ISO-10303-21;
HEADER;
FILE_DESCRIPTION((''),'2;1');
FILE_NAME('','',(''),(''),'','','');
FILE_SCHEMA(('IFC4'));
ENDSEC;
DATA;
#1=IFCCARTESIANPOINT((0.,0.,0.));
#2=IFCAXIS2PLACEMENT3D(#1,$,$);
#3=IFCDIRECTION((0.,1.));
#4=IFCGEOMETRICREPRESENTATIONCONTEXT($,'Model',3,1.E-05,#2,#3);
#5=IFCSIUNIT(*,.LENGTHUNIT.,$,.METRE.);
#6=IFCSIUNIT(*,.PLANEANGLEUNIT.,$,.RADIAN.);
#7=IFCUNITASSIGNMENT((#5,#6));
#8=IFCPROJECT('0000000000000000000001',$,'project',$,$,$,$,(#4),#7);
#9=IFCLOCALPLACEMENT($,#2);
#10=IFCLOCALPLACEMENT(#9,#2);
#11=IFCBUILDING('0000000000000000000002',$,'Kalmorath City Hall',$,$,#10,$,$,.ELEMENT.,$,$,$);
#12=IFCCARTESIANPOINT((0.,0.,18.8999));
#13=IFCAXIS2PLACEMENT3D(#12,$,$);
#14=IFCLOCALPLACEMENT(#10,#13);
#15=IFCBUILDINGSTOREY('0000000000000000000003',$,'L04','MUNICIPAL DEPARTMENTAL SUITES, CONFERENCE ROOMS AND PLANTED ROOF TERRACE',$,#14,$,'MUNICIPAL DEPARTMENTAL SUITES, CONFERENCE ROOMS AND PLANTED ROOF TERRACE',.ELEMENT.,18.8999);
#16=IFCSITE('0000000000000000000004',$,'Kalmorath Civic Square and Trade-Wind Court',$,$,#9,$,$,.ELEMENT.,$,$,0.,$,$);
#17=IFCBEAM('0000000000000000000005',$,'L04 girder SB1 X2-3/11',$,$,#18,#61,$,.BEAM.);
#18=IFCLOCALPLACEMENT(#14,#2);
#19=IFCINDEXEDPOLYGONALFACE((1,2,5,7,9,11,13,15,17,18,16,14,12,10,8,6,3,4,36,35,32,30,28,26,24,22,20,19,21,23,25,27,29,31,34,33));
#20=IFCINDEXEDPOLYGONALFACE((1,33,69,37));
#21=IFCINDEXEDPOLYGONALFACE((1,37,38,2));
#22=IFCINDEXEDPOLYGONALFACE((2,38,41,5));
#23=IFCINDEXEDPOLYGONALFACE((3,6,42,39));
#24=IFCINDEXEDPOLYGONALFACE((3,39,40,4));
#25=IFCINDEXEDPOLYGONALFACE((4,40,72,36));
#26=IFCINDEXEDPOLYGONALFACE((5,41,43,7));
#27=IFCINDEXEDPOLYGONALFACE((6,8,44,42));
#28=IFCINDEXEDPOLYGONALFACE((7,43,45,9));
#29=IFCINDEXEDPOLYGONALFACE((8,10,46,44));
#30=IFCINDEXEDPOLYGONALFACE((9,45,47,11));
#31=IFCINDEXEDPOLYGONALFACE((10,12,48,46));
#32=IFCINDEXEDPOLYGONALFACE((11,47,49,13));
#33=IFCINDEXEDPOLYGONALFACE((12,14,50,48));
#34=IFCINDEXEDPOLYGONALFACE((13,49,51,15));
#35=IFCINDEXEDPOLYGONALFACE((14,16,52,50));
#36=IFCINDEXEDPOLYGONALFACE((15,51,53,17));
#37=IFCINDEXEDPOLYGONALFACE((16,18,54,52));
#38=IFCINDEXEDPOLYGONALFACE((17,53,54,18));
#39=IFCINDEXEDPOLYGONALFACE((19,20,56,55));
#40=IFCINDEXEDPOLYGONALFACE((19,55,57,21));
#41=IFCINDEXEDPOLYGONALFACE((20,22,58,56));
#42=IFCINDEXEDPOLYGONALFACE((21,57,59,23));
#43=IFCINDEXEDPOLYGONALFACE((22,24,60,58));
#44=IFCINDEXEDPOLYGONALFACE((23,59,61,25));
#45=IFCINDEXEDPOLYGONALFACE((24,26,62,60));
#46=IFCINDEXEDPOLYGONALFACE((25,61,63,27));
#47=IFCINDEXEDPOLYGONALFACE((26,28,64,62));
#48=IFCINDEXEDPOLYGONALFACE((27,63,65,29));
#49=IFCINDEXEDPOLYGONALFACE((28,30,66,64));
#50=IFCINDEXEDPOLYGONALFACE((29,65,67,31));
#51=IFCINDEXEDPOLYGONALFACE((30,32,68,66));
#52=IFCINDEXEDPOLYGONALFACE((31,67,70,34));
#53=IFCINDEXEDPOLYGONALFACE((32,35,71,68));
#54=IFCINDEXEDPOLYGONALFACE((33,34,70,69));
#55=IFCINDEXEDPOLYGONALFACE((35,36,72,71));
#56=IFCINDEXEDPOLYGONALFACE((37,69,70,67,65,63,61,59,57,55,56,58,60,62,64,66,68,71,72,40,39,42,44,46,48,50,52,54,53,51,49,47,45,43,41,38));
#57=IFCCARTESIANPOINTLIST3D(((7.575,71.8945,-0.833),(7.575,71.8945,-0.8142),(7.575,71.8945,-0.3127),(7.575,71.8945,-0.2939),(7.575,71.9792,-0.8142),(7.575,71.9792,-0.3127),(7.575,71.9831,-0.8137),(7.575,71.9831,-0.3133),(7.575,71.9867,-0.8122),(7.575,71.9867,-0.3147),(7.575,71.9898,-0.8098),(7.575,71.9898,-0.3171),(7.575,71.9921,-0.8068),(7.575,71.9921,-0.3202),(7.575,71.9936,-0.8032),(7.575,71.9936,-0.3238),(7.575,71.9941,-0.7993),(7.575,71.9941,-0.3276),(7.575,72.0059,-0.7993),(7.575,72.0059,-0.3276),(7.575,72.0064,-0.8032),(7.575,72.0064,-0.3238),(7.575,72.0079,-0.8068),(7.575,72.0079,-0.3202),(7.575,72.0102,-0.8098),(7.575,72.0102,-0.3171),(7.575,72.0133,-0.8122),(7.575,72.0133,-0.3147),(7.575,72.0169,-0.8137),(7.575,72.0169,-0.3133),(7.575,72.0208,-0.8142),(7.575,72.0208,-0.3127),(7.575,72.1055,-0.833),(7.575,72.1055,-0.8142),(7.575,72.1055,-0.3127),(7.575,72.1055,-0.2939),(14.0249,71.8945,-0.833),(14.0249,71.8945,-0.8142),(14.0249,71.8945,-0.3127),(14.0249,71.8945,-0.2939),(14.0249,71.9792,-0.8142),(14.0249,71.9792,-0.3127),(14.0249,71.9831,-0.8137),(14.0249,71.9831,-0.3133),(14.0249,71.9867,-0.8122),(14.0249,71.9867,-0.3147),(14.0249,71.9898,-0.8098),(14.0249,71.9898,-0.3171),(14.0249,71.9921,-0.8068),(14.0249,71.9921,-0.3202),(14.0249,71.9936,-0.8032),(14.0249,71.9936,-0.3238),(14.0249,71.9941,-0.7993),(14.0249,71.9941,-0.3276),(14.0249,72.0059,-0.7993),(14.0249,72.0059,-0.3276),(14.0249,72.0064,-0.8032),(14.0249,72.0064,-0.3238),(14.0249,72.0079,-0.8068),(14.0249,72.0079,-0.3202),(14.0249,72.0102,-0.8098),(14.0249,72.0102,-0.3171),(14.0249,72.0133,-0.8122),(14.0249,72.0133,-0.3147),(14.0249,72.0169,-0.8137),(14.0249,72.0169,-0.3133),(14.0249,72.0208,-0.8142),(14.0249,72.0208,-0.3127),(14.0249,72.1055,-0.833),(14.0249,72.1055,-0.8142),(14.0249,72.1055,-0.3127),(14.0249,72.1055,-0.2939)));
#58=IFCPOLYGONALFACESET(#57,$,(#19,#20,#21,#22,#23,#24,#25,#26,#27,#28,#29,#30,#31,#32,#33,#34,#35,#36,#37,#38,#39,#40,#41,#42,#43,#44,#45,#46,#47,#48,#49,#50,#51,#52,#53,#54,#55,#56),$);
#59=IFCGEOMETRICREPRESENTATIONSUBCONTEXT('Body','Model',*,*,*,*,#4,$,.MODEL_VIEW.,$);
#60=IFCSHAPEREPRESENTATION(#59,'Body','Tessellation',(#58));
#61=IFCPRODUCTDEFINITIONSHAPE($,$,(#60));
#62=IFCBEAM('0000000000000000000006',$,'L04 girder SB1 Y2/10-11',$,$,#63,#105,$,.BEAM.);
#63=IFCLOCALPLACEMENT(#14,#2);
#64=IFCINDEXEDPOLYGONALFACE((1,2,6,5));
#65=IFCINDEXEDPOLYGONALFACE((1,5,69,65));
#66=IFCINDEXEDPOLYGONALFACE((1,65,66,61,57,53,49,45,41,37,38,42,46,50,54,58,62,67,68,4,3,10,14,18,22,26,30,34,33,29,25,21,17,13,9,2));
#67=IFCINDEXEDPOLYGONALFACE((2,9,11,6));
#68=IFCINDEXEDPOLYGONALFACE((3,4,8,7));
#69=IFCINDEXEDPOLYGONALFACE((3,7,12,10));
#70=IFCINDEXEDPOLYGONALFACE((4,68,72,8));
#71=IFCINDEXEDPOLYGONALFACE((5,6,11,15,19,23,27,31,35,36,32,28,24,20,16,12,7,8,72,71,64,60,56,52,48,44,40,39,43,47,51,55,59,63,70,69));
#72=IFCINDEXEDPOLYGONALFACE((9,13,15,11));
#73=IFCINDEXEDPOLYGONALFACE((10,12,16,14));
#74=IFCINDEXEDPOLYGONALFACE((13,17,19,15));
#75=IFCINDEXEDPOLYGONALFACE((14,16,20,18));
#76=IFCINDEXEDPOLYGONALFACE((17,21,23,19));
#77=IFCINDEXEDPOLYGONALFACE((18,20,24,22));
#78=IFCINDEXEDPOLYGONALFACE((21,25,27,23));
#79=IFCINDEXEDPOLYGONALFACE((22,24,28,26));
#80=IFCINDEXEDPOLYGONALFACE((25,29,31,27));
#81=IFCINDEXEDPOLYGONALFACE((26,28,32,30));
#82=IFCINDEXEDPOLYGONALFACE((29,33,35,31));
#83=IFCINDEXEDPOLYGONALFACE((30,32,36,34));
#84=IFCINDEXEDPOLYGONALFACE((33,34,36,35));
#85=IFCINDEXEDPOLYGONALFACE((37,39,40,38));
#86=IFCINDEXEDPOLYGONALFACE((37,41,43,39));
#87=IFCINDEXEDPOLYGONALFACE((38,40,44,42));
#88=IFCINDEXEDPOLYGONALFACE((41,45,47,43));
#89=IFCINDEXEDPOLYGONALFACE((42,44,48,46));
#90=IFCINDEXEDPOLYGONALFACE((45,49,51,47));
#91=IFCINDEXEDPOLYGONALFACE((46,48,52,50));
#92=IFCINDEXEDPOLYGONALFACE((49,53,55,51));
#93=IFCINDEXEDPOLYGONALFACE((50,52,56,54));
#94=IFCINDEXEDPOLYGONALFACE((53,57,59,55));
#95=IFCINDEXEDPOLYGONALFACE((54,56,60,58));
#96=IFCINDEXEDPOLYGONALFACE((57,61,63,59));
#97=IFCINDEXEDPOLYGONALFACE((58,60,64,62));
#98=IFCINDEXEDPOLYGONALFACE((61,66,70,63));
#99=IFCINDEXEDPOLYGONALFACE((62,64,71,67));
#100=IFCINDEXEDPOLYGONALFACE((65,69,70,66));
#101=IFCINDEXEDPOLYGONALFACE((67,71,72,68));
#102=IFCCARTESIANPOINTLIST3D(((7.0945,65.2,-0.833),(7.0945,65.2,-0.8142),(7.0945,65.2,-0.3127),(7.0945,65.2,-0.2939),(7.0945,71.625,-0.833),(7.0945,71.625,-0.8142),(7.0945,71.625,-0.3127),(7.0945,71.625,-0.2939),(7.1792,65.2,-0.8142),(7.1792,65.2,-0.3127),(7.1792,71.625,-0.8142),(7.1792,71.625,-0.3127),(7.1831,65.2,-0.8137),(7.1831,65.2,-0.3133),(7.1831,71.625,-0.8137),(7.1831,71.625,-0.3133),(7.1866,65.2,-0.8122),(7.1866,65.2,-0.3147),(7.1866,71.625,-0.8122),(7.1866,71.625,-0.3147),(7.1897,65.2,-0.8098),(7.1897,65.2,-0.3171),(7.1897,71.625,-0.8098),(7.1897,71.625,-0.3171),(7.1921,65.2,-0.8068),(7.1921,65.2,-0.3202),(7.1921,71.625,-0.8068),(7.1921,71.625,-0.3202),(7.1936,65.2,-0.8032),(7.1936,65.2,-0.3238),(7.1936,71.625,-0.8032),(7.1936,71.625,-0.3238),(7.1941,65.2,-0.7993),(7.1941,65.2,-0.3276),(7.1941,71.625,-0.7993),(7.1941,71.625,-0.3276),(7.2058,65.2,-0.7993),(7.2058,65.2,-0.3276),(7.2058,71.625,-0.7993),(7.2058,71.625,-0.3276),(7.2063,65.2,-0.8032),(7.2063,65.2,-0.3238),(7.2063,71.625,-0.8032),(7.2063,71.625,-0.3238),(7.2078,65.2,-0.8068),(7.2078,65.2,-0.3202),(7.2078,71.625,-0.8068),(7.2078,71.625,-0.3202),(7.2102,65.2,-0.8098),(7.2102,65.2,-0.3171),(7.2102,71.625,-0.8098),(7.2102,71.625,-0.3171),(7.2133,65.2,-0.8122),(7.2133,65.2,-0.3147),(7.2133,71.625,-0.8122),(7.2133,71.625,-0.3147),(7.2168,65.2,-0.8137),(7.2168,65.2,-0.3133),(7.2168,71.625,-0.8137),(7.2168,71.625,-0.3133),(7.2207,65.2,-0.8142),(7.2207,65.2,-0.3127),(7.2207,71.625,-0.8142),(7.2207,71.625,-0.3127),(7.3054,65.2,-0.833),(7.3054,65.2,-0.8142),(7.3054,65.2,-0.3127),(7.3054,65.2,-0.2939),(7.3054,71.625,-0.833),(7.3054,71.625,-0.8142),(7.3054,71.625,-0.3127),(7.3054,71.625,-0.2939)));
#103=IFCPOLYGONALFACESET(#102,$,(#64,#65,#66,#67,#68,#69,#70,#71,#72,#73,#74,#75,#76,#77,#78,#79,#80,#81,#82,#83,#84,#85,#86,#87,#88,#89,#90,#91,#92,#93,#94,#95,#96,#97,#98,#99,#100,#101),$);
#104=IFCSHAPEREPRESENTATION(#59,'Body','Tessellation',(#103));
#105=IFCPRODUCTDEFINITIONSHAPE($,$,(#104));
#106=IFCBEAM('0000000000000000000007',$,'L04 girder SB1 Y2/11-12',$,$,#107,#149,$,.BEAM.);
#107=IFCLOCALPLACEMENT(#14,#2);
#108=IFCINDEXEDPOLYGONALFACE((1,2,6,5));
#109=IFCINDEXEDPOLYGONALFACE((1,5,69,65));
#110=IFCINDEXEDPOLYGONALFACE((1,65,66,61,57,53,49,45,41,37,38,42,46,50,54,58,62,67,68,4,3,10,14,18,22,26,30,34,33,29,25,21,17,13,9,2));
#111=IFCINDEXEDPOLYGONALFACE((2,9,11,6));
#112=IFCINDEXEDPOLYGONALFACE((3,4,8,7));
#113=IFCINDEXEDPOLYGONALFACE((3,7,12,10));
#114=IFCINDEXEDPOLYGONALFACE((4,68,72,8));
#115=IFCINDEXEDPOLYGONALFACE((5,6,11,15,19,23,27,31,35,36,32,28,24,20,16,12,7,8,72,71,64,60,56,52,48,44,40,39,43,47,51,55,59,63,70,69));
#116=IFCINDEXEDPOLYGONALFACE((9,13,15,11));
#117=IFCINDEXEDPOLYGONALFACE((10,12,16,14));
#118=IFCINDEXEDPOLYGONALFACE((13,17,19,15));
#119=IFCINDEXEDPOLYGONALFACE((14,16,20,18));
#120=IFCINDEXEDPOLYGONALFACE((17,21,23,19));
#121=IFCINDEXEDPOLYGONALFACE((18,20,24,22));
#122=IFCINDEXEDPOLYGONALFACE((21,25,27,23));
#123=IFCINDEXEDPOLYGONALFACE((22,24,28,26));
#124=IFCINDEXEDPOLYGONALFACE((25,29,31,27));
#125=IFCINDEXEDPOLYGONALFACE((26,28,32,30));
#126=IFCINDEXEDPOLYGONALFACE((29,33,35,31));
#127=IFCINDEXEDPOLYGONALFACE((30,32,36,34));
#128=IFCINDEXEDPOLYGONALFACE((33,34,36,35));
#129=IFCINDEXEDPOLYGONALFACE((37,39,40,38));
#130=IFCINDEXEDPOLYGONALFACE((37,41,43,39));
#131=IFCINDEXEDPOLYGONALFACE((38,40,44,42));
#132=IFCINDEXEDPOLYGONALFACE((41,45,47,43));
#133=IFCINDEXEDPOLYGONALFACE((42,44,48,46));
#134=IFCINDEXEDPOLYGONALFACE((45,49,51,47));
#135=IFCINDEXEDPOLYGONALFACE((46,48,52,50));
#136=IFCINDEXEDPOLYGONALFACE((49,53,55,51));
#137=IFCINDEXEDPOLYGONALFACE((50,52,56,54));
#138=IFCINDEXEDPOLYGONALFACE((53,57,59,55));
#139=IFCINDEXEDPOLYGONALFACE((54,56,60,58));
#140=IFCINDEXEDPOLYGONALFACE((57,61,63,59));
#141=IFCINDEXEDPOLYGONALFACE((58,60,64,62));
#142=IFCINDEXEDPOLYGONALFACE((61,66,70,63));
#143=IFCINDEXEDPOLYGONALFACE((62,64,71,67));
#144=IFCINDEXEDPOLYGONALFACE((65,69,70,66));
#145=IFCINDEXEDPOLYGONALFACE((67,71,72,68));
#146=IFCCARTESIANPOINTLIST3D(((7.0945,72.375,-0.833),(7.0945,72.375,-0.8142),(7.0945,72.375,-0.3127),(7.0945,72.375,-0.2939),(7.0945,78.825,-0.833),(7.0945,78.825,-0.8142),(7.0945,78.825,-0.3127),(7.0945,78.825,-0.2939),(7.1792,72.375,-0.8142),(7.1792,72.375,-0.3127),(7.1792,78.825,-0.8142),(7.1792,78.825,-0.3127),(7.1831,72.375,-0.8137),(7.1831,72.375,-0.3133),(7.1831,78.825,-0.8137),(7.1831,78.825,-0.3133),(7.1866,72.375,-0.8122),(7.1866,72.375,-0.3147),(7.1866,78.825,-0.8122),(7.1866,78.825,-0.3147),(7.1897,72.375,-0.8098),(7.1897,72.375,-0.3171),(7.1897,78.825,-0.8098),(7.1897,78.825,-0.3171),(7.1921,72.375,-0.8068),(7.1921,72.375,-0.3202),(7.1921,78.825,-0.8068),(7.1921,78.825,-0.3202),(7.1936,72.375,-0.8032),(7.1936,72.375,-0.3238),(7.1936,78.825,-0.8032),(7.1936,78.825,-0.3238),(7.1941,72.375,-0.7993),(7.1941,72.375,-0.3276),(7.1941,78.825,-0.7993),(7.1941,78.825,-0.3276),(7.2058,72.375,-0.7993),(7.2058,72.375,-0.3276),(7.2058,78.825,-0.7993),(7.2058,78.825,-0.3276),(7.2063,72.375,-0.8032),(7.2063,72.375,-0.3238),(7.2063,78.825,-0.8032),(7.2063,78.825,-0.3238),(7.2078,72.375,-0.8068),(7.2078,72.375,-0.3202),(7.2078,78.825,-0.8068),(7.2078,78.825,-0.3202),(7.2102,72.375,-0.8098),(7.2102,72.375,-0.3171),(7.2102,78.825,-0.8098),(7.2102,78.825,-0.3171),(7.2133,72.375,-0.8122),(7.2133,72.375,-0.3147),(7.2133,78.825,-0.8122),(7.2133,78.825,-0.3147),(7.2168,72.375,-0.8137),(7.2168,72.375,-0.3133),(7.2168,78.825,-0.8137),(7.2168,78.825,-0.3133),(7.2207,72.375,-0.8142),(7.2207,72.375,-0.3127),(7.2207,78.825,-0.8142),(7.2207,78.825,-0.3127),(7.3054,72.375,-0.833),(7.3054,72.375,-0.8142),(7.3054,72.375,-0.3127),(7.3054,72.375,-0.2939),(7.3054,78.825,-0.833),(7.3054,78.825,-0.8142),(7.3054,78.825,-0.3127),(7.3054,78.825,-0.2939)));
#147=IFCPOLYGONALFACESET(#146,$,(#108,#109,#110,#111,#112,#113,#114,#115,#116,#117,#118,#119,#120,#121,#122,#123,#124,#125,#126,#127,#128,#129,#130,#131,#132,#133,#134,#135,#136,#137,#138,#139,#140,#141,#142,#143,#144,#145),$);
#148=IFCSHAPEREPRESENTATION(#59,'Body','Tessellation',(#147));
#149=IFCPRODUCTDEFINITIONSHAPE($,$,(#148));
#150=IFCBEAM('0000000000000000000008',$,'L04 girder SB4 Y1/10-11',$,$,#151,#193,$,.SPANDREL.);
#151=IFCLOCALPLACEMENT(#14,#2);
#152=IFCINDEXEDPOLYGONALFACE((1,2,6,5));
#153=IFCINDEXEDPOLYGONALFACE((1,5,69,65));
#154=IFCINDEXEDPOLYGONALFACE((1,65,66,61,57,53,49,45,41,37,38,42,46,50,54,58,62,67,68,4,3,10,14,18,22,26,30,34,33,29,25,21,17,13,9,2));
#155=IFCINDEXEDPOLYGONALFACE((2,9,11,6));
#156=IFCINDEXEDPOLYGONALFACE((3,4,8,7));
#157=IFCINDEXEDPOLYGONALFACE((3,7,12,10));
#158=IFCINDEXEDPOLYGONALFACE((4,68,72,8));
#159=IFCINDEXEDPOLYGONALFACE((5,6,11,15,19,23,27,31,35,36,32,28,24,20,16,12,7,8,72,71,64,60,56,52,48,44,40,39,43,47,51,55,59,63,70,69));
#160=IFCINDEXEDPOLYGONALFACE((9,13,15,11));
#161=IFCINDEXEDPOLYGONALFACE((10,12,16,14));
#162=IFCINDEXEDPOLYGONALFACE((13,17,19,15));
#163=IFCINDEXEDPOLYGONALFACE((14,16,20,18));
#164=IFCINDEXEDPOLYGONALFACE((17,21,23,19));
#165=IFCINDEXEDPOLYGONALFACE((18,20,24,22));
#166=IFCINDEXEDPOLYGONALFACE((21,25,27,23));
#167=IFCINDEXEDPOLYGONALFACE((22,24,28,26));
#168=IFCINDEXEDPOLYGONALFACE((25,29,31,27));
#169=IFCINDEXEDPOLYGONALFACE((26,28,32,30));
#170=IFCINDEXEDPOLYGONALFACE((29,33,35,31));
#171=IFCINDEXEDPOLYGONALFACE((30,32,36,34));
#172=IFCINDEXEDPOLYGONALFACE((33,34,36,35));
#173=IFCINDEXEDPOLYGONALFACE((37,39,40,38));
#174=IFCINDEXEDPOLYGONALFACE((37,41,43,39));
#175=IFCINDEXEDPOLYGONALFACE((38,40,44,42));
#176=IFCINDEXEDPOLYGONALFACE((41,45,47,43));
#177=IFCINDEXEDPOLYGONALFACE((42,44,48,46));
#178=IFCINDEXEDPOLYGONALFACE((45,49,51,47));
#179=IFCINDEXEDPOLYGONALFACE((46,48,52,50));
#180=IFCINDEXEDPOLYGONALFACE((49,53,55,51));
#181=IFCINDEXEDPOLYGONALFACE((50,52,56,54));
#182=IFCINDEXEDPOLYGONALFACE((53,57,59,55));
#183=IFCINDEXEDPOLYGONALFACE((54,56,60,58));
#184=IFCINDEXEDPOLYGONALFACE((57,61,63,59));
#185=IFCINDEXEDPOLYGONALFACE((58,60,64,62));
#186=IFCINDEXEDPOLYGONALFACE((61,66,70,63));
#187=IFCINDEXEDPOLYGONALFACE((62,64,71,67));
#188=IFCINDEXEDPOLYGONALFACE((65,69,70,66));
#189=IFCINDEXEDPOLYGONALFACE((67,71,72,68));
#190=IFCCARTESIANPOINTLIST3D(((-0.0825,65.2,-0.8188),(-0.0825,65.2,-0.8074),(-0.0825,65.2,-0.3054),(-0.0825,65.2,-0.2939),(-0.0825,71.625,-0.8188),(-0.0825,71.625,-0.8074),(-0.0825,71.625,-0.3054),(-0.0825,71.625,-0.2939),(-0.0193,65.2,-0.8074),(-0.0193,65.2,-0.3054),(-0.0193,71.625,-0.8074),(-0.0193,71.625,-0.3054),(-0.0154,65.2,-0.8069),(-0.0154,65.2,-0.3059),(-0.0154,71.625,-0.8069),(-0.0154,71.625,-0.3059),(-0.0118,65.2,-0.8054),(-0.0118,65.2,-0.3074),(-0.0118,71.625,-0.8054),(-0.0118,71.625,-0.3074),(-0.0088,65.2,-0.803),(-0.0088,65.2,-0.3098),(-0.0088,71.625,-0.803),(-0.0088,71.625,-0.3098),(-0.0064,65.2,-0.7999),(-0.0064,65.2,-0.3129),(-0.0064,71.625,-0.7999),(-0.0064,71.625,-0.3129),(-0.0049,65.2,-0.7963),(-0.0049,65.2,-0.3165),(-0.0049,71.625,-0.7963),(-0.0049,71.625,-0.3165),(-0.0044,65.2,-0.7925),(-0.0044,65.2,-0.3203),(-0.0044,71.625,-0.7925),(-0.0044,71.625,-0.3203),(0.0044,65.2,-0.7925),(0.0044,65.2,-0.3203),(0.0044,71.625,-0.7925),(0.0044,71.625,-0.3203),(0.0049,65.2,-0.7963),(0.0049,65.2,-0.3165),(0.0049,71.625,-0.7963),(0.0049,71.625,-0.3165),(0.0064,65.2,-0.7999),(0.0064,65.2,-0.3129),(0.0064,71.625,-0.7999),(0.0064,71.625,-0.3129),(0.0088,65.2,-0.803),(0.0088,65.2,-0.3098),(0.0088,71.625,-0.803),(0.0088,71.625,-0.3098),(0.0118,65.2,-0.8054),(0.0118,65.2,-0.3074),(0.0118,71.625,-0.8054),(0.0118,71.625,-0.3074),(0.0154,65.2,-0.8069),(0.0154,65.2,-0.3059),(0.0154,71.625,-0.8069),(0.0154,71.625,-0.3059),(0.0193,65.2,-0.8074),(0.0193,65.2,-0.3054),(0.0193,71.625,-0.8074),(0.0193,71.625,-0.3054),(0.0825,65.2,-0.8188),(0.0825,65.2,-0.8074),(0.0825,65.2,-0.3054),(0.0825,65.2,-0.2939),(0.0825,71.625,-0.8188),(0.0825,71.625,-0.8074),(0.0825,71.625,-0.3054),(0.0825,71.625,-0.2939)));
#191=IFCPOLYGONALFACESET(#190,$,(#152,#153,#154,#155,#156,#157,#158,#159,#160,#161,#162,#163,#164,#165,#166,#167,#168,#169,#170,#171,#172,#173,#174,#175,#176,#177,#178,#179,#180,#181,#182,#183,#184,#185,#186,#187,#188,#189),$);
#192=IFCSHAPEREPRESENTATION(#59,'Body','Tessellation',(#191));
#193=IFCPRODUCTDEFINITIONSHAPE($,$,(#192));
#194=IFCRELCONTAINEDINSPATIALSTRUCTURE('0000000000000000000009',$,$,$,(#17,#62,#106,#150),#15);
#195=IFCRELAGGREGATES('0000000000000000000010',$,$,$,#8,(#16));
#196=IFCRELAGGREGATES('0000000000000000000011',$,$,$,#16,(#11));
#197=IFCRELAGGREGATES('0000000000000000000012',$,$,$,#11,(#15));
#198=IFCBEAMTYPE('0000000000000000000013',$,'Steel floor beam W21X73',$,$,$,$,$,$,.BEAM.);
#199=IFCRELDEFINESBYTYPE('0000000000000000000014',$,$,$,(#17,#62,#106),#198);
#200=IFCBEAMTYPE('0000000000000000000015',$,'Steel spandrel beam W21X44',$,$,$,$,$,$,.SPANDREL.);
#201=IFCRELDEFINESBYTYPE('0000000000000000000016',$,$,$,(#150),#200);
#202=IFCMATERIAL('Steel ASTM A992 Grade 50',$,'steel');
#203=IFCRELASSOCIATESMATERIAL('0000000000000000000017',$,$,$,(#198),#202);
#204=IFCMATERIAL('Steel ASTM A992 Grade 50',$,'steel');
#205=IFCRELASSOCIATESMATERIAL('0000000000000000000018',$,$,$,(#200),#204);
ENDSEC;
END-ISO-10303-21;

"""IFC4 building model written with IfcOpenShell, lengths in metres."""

from ifc_helpers import new_model, si_unit, direction, frame, origin, origin_2d, place, context, subcontext, project, spatial, i_section, extrude, material, material_profile, profile_set, type_object, element, save


model = new_model("IFC4")

# Units and contexts
model_context = context("Model", 3, precision=1e-05, world=origin(), true_north=direction((0.0, 1.0)))
body_context = subcontext(model_context, "Body", "Model", "MODEL_VIEW")
ifc_project = project(units=[si_unit("LENGTHUNIT", "METRE"), si_unit("PLANEANGLEUNIT", "RADIAN")], contexts=[model_context])

# Site, building, storey
site_placement = place(None, origin())
site = spatial("IfcSite", under=ifc_project, at=site_placement, Name="Kalmorath Civic Square and Trade-Wind Court", CompositionType="ELEMENT", RefElevation=0.0)
building_placement = place(site_placement, origin())
building = spatial("IfcBuilding", under=site, at=building_placement, Name="Kalmorath City Hall", CompositionType="ELEMENT")
storey_placement = place(building_placement, frame((0.0, 0.0, 18.8999)))
storey = spatial("IfcBuildingStorey", under=building, at=storey_placement, Name="L04", Description="MUNICIPAL DEPARTMENTAL SUITES, CONFERENCE ROOMS AND PLANTED ROOF TERRACE", LongName="MUNICIPAL DEPARTMENTAL SUITES, CONFERENCE ROOMS AND PLANTED ROOF TERRACE", CompositionType="ELEMENT", Elevation=18.8999)

# Beams
ifc_material_1 = material(Name="Steel ASTM A992 Grade 50", Category="steel")
ifc_material_profile_1 = material_profile(ifc_material_1, i_section(OverallWidth=0.2109, OverallDepth=0.5391, WebThickness=0.0117, FlangeThickness=0.0188, FilletRadius=0.0149, at=origin_2d()), Name="W21X73")
ifc_profile_set_1 = profile_set([ifc_material_profile_1], Name="Steel ASTM A992 Grade 50")
beam_type_1 = type_object("IfcBeamType", Name="Steel floor beam W21X73", PredefinedType="BEAM", material=ifc_profile_set_1)
for number, where, z_axis, x_axis, name in (
    (1, (7.575, 72.0, -0.5635), (1.0, 0.0, 0.0), (0.0, 1.0, 0.0), "L04 girder SB1 X2-3/11"),
):
    element("IfcBeam", number, at=place(storey_placement, frame(where, z_axis=z_axis, x_axis=x_axis)), inside=storey, type_object=beam_type_1, Name=name, PredefinedType="BEAM", context=body_context, shape_type="SweptSolid", body=[
        extrude(i_section(OverallWidth=0.2109, OverallDepth=0.5391, WebThickness=0.0117, FlangeThickness=0.0188, FilletRadius=0.0149, at=origin_2d()), origin(), (0.0, 0.0, 1.0), 6.45),
    ])
beam_1_placement = place(storey_placement, frame((7.2, 65.2, -0.5635), z_axis=(0.0, 1.0, 0.0), x_axis=(-1.0, 0.0, 0.0)))
element("IfcBeam", 2, at=beam_1_placement, inside=storey, type_object=beam_type_1, Name="L04 girder SB1 Y2/10-11", PredefinedType="BEAM", context=body_context, shape_type="SweptSolid", body=[
    extrude(i_section(OverallWidth=0.2109, OverallDepth=0.5391, WebThickness=0.0117, FlangeThickness=0.0188, FilletRadius=0.0149, at=origin_2d()), origin(), (0.0, 0.0, 1.0), 6.425),
])
beam_2_placement = place(storey_placement, frame((7.2, 72.375, -0.5635), z_axis=(0.0, 1.0, 0.0), x_axis=(-1.0, 0.0, 0.0)))
element("IfcBeam", 3, at=beam_2_placement, inside=storey, type_object=beam_type_1, Name="L04 girder SB1 Y2/11-12", PredefinedType="BEAM", context=body_context, shape_type="SweptSolid", body=[
    extrude(i_section(OverallWidth=0.2109, OverallDepth=0.5391, WebThickness=0.0117, FlangeThickness=0.0188, FilletRadius=0.0149, at=origin_2d()), origin(), (0.0, 0.0, 1.0), 6.45),
])
ifc_material_2 = material(Name="Steel ASTM A992 Grade 50", Category="steel")
ifc_material_profile_2 = material_profile(ifc_material_2, i_section(OverallWidth=0.165, OverallDepth=0.5249, WebThickness=0.0088, FlangeThickness=0.0115, FilletRadius=0.0149, at=origin_2d()), Name="W21X44")
ifc_profile_set_2 = profile_set([ifc_material_profile_2], Name="Steel ASTM A992 Grade 50")
beam_type_2 = type_object("IfcBeamType", Name="Steel spandrel beam W21X44", PredefinedType="SPANDREL", material=ifc_profile_set_2)
beam_3_placement = place(storey_placement, frame((0.0, 65.2, -0.5564), z_axis=(0.0, 1.0, 0.0), x_axis=(-1.0, 0.0, 0.0)))
element("IfcBeam", 4, at=beam_3_placement, inside=storey, type_object=beam_type_2, Name="L04 girder SB4 Y1/10-11", PredefinedType="SPANDREL", context=body_context, shape_type="SweptSolid", body=[
    extrude(i_section(OverallWidth=0.165, OverallDepth=0.5249, WebThickness=0.0088, FlangeThickness=0.0115, FilletRadius=0.0149, at=origin_2d()), origin(), (0.0, 0.0, 1.0), 6.425),
])

save(model, "model.ifc")
